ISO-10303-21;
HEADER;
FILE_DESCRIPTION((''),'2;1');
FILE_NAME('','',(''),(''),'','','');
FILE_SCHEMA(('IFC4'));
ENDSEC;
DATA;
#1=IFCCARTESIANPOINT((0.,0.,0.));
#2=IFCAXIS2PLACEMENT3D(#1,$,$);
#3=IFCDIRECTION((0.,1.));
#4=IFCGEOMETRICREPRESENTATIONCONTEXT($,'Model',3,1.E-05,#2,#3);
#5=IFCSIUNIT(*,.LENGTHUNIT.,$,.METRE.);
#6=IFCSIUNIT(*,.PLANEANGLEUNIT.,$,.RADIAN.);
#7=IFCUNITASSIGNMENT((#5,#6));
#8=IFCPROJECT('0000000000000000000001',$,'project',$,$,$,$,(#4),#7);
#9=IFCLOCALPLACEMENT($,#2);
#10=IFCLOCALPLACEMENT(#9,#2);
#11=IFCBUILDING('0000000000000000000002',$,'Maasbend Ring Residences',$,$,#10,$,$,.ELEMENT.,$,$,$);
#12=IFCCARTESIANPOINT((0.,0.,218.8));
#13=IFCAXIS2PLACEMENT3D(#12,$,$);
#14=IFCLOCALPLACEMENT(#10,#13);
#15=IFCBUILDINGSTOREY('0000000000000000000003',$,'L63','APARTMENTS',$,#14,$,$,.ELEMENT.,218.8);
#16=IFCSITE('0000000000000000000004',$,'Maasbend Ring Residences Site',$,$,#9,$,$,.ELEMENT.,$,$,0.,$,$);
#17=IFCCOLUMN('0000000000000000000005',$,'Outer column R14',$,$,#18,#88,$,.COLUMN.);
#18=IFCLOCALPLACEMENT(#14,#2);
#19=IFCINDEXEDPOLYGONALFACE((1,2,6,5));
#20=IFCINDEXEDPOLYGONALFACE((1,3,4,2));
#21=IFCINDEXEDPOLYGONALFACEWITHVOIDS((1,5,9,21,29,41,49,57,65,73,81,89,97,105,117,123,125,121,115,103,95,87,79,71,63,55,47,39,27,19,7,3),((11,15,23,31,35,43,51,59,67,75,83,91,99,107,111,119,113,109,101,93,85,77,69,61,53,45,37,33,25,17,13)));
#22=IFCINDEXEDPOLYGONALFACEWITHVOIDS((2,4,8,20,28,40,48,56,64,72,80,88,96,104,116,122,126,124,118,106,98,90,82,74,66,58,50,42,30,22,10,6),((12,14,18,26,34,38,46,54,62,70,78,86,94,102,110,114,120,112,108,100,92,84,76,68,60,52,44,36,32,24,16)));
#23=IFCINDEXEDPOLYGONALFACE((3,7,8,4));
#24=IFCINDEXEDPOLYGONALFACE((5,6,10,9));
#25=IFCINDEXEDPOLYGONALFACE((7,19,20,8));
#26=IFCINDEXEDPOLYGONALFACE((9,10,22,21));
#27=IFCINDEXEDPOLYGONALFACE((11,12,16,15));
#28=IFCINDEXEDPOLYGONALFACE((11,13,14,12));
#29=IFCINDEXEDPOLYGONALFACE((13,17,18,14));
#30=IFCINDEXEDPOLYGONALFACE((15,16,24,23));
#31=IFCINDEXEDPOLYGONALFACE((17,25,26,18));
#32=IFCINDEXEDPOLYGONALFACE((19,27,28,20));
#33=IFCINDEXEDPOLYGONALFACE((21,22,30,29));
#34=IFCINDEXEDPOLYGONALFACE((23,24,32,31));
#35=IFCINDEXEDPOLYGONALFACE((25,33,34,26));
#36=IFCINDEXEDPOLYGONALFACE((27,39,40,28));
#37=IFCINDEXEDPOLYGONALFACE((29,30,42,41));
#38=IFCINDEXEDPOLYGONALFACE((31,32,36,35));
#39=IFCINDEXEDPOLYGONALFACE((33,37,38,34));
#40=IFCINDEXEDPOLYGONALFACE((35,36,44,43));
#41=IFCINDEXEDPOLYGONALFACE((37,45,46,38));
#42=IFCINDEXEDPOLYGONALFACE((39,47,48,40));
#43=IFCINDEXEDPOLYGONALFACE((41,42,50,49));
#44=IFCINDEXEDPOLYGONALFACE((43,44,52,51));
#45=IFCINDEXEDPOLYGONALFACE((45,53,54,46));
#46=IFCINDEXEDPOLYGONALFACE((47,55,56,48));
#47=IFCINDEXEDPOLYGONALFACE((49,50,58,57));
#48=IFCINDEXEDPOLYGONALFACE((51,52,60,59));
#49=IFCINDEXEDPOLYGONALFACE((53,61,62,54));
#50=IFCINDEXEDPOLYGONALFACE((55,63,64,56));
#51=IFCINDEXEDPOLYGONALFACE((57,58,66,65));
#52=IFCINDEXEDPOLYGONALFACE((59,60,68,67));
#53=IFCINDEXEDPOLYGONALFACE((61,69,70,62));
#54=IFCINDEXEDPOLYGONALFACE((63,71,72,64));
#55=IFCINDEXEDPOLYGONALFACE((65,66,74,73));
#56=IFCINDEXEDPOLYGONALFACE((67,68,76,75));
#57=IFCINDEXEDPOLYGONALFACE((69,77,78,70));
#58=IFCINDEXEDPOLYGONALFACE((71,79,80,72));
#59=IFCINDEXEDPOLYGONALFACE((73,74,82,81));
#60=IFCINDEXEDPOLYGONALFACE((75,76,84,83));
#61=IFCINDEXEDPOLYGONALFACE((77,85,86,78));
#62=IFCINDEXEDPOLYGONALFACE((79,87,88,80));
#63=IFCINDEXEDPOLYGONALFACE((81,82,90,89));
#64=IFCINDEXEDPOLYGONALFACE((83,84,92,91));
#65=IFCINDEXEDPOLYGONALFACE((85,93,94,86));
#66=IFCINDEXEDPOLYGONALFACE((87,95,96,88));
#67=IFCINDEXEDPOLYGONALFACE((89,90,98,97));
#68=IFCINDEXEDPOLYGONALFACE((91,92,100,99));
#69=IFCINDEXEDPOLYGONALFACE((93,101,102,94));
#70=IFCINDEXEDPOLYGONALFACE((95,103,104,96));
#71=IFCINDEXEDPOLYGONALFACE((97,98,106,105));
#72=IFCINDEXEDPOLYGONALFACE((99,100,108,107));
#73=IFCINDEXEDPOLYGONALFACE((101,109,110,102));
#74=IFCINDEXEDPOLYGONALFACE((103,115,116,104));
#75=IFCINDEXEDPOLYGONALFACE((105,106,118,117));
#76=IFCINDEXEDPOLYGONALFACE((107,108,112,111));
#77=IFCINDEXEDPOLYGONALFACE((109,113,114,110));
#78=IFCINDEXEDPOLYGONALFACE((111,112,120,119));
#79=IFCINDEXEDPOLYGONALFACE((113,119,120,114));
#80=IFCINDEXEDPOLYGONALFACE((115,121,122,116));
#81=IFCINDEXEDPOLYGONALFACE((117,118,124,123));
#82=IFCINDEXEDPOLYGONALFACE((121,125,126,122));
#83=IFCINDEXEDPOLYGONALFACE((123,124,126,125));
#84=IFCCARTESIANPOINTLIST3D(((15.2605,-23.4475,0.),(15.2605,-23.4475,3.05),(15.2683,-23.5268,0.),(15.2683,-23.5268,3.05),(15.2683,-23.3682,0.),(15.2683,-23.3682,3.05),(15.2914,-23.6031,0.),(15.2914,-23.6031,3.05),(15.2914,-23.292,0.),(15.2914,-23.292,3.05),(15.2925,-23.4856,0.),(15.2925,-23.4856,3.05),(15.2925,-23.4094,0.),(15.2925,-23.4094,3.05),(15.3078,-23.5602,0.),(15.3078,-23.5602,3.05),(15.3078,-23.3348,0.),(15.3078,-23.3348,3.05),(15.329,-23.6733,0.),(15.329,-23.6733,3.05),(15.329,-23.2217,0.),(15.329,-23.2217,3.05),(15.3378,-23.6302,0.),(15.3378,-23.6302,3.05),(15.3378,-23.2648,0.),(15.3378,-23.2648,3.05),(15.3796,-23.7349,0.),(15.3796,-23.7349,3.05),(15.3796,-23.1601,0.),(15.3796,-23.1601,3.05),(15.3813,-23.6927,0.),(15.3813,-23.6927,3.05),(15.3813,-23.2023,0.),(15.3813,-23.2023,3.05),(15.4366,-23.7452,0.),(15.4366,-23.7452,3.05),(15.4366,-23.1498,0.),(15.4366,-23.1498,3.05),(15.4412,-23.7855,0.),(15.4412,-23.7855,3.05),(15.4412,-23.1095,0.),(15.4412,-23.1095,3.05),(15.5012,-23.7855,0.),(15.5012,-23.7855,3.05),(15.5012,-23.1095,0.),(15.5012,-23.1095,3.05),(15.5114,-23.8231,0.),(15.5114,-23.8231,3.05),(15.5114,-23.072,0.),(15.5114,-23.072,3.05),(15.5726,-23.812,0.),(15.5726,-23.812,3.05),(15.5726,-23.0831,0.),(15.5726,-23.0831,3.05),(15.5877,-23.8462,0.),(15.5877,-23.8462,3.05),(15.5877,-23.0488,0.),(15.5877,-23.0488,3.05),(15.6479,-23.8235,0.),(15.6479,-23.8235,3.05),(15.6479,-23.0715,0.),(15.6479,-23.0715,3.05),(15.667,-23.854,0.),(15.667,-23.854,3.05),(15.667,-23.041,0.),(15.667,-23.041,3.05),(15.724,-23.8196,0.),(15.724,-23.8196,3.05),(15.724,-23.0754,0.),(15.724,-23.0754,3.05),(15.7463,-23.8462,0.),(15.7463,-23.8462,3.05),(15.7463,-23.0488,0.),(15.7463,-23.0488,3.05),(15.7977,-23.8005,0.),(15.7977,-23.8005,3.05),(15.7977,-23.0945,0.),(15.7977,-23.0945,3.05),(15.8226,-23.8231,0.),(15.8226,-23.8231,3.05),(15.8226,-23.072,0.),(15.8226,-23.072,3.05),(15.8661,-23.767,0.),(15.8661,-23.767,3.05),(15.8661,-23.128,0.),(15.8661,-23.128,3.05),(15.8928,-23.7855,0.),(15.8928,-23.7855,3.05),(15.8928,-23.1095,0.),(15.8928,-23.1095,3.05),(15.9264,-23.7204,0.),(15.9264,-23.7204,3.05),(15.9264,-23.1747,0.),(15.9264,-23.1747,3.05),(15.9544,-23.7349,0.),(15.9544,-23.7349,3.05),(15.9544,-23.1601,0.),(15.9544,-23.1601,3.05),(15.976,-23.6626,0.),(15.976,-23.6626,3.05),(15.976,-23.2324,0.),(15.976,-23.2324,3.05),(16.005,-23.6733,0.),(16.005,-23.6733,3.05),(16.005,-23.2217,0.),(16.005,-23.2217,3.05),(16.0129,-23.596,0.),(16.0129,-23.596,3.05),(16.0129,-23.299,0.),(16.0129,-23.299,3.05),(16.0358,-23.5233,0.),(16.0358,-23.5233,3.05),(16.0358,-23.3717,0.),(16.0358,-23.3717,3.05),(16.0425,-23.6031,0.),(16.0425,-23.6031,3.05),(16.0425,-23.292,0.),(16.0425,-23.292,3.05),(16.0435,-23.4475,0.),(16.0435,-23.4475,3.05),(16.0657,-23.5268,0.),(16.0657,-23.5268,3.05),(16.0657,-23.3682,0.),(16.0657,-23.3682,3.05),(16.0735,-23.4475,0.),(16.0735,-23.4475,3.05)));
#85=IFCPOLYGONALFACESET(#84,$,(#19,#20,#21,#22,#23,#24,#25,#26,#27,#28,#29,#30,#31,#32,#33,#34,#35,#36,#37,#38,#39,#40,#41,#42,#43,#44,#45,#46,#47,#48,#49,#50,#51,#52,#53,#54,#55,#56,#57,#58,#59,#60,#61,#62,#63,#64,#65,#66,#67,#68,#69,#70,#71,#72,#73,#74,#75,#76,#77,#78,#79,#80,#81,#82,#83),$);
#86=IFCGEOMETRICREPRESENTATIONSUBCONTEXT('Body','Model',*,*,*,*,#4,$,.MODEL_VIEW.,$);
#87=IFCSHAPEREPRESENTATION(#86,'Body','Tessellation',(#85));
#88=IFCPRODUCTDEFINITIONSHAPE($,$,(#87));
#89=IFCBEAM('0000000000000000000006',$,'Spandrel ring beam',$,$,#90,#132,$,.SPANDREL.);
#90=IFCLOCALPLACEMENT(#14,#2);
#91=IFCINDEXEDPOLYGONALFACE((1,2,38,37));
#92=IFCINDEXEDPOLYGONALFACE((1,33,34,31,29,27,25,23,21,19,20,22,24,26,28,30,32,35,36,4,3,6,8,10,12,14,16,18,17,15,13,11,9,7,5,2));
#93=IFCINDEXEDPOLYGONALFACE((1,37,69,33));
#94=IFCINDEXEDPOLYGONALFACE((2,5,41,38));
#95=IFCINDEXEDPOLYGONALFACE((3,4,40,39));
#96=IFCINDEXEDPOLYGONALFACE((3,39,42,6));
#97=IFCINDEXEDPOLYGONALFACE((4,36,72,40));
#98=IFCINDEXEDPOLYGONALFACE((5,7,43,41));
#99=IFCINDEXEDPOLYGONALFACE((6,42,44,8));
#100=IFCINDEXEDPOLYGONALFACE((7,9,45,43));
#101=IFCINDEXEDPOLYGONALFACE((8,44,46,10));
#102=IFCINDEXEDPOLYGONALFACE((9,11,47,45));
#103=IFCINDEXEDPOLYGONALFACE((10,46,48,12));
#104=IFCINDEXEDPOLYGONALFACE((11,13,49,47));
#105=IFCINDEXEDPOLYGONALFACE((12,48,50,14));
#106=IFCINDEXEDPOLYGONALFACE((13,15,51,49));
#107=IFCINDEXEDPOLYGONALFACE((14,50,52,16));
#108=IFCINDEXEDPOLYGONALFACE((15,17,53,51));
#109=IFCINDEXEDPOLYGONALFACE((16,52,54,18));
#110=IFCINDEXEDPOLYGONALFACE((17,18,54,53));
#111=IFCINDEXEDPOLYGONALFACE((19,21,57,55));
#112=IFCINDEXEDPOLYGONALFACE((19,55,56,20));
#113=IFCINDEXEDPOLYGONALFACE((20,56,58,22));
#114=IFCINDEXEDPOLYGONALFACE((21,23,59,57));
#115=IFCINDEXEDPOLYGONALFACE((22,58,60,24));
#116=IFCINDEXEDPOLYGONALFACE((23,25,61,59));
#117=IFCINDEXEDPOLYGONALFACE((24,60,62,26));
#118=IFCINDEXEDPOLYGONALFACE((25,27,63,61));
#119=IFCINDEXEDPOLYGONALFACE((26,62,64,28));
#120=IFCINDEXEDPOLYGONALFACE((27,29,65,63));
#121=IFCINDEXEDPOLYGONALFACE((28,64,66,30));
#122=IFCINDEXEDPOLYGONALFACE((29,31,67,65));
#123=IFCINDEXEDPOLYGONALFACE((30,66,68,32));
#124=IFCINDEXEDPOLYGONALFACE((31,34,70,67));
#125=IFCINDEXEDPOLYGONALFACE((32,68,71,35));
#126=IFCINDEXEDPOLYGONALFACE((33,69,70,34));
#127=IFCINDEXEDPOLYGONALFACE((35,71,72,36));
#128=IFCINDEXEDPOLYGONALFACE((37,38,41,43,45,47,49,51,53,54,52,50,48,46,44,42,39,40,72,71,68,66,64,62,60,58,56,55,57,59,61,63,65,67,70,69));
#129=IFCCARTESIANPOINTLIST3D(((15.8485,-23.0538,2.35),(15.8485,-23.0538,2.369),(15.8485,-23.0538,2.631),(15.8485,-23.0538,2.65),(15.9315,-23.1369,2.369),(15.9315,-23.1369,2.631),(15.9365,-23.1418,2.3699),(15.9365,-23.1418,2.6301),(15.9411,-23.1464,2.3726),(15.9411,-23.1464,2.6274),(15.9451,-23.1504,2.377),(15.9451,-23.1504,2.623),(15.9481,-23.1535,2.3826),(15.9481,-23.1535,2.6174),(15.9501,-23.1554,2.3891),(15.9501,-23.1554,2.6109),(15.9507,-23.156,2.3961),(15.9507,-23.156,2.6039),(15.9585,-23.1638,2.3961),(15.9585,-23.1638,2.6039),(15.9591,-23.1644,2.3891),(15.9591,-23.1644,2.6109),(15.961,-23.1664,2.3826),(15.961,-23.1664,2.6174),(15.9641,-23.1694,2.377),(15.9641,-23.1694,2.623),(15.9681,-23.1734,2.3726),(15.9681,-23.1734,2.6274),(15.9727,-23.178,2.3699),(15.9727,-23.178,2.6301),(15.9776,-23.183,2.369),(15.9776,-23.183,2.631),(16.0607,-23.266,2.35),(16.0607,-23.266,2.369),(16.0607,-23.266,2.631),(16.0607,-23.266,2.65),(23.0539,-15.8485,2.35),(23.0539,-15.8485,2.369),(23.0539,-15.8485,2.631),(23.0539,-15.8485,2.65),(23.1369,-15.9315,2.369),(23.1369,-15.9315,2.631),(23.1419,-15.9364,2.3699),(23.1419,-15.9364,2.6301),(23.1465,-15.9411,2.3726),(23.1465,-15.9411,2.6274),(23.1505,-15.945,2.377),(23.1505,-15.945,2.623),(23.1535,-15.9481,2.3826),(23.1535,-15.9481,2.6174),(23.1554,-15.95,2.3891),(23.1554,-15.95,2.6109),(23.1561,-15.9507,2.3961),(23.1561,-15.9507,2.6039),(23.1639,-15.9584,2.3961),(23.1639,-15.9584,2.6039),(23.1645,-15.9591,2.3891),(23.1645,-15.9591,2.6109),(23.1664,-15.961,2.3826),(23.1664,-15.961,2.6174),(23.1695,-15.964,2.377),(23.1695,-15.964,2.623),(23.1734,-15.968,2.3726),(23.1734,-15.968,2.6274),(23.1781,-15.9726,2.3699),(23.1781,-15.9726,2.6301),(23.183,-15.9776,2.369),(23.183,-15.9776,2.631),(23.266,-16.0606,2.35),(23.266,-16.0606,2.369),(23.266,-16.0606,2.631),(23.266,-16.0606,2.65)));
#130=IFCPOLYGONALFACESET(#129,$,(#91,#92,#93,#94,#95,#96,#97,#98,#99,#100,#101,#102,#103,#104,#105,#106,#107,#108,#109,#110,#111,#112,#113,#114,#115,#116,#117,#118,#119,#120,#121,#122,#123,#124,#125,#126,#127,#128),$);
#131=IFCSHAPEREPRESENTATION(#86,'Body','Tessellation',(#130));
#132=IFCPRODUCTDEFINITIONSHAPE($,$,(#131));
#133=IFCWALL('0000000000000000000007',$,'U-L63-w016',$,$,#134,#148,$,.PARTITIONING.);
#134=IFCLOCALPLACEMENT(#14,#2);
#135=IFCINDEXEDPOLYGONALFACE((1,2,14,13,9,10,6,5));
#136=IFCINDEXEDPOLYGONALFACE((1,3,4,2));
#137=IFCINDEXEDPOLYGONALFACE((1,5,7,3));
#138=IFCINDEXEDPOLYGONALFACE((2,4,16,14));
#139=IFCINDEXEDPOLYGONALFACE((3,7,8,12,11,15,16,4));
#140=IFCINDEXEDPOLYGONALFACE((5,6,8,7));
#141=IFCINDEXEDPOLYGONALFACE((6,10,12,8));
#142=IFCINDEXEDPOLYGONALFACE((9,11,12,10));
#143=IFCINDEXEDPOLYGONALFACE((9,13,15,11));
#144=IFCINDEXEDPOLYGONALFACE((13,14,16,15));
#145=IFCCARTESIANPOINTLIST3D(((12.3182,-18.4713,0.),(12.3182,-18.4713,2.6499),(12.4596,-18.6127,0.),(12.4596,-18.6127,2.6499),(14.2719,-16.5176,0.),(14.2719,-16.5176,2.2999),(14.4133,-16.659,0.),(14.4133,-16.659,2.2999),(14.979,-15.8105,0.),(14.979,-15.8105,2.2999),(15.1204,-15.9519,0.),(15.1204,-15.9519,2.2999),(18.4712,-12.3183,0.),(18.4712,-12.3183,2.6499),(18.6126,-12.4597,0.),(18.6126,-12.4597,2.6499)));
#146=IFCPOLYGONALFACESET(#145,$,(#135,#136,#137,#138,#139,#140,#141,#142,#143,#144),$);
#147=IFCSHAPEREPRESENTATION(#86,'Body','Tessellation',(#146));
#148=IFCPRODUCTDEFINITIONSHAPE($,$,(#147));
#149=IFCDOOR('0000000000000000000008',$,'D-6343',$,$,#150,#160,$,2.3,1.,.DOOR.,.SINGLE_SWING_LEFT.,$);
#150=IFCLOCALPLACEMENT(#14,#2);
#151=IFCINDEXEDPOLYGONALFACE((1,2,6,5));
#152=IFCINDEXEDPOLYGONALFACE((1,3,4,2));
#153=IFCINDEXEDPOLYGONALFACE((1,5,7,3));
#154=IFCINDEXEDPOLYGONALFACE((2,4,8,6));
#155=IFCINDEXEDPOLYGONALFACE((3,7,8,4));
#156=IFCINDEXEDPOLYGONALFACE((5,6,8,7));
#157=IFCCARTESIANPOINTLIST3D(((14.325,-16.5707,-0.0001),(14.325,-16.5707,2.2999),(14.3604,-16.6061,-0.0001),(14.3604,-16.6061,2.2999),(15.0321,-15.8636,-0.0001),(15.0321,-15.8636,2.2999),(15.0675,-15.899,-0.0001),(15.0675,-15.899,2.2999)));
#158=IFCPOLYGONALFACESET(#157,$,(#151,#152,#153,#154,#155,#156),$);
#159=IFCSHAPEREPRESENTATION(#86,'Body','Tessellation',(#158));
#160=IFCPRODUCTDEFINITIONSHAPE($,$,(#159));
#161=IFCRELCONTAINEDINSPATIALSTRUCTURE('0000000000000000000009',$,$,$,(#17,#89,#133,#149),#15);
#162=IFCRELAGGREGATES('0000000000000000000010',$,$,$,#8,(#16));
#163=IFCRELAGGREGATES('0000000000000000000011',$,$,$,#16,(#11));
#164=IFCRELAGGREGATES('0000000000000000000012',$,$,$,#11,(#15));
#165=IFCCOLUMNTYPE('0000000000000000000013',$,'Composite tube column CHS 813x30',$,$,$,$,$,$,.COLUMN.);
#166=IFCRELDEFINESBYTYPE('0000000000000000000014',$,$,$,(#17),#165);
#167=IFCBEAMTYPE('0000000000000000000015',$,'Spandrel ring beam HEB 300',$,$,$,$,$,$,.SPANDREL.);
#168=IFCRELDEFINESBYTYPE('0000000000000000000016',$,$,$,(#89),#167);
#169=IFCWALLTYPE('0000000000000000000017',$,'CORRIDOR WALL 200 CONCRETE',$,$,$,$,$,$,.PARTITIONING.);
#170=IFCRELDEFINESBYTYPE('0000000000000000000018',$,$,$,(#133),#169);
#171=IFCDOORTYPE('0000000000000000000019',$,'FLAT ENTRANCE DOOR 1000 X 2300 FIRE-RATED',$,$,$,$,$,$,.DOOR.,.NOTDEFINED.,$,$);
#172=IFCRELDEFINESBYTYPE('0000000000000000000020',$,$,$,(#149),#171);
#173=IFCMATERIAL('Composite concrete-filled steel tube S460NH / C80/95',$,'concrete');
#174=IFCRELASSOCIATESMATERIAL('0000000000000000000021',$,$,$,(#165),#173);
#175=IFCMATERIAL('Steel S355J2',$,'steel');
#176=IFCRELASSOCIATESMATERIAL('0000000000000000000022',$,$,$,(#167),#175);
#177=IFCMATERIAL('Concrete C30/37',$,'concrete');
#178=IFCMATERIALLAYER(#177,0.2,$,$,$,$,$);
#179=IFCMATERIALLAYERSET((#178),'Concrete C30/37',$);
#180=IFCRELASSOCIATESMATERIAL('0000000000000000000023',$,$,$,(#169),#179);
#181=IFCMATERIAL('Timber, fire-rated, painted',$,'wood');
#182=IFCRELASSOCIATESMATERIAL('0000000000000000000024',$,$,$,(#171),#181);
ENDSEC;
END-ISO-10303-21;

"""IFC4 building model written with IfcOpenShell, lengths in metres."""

from ifc_helpers import new_model, si_unit, direction, frame, frame_2d, origin, origin_2d, place, context, subcontext, project, spatial, rectangle, hollow_circle, i_section, extrude, material, layer, layer_set, material_profile, profile_set, type_object, element, fill, save


model = new_model("IFC4")

# Units and contexts
model_context = context("Model", 3, precision=1e-05, world=origin(), true_north=direction((0.0, 1.0)))
body_context = subcontext(model_context, "Body", "Model", "MODEL_VIEW")
ifc_project = project(units=[si_unit("LENGTHUNIT", "METRE"), si_unit("PLANEANGLEUNIT", "RADIAN")], contexts=[model_context])

# Site, building, storey
site_placement = place(None, origin())
site = spatial("IfcSite", under=ifc_project, at=site_placement, Name="Maasbend Ring Residences Site", CompositionType="ELEMENT", RefElevation=0.0)
building_placement = place(site_placement, origin())
building = spatial("IfcBuilding", under=site, at=building_placement, Name="Maasbend Ring Residences", CompositionType="ELEMENT")
storey_placement = place(building_placement, frame((0.0, 0.0, 218.8)))
storey = spatial("IfcBuildingStorey", under=building, at=storey_placement, Name="L63", Description="APARTMENTS", CompositionType="ELEMENT", Elevation=218.8)

# Column
ifc_material_1 = material(Name="Composite concrete-filled steel tube S460NH / C80/95", Category="concrete")
ifc_material_profile_1 = material_profile(ifc_material_1, hollow_circle(Radius=0.4065, WallThickness=0.03, at=origin_2d()), Name="Composite tube column CHS 813x30")
ifc_profile_set_1 = profile_set([ifc_material_profile_1], Name="Composite concrete-filled steel tube S460NH / C80/95")
column_type = type_object("IfcColumnType", Name="Composite tube column CHS 813x30", PredefinedType="COLUMN", material=ifc_profile_set_1)
column_placement = place(storey_placement, frame((15.667, -23.4475, 0.0), z_axis=(0.0, 0.0, 1.0), x_axis=(1.0, 0.0, 0.0)))
element("IfcColumn", 1, at=column_placement, inside=storey, type_object=column_type, Name="Outer column R14", PredefinedType="COLUMN", context=body_context, shape_type="SweptSolid", body=[
    extrude(hollow_circle(Radius=0.4065, WallThickness=0.03, at=origin_2d()), origin(), (0.0, 0.0, 1.0), 3.05),
])

# Beam
ifc_material_2 = material(Name="Steel S355J2", Category="steel")
ifc_material_profile_2 = material_profile(ifc_material_2, i_section(OverallWidth=0.3, OverallDepth=0.3, WebThickness=0.011, FlangeThickness=0.019, FilletRadius=0.0271, at=origin_2d()), Name="HEB 300")
ifc_profile_set_2 = profile_set([ifc_material_profile_2], Name="Steel S355J2")
beam_type = type_object("IfcBeamType", Name="Spandrel ring beam HEB 300", PredefinedType="SPANDREL", material=ifc_profile_set_2)
beam_placement = place(storey_placement, frame((15.9546, -23.1599, 2.5), z_axis=(0.707107, 0.707107, 0.0), x_axis=(-0.707107, 0.707107, 0.0)))
element("IfcBeam", 2, at=beam_placement, inside=storey, type_object=beam_type, Name="Spandrel ring beam", PredefinedType="SPANDREL", context=body_context, shape_type="SweptSolid", body=[
    extrude(i_section(OverallWidth=0.3, OverallDepth=0.3, WebThickness=0.011, FlangeThickness=0.019, FilletRadius=0.0271, at=origin_2d()), origin(), (0.0, 0.0, 1.0), 10.1899),
])

# Wall, opening, door
ifc_material_3 = material(Name="Concrete C30/37", Category="concrete")
ifc_layer_1 = layer(ifc_material_3, 0.2)
ifc_layer_set_1 = layer_set([ifc_layer_1], Name="Concrete C30/37")
wall_type_1 = type_object("IfcWallType", Name="CORRIDOR WALL 200 CONCRETE", PredefinedType="PARTITIONING", material=ifc_layer_set_1)
wall_1_placement = place(storey_placement, frame((12.3889, -18.542, 0.0), z_axis=(0.0, 0.0, 1.0), x_axis=(0.707107, 0.707107, 0.0)))
wall_1 = element("IfcWall", 3, at=wall_1_placement, inside=storey, type_object=wall_type_1, Name="U-L63-w016", PredefinedType="PARTITIONING", context=body_context, shape_type="SweptSolid", body=[
    extrude(rectangle(XDim=8.7017, YDim=0.2, at=frame_2d((4.3508, 0.0))), origin(), (0.0, 0.0, 1.0), 2.6499),
])
opening_1_placement = place(wall_1_placement, frame((2.7629, 0.0, 0.0)))
opening_1 = element("IfcOpeningElement", 4, at=opening_1_placement, cuts=wall_1, PredefinedType="OPENING", context=body_context, shape_type="SweptSolid", body=[
    extrude(rectangle(XDim=1.0, YDim=2.3, at=frame_2d((0.5, 1.1499))), frame((0.0, 0.1099, 0.0), z_axis=(0.0, -1.0, 0.0), x_axis=(1.0, 0.0, 0.0)), (0.0, 0.0, 1.0), 0.22),
])
ifc_material_4 = material(Name="Timber, fire-rated, painted", Category="wood")
door_type_1 = type_object("IfcDoorType", Name="FLAT ENTRANCE DOOR 1000 X 2300 FIRE-RATED", OperationType="NOTDEFINED", PredefinedType="DOOR", material=ifc_material_4)
door_1_placement = place(opening_1_placement, origin())
door_1 = element("IfcDoor", 5, at=door_1_placement, inside=storey, type_object=door_type_1, Name="D-6343", OperationType="SINGLE_SWING_LEFT", OverallHeight=2.3, OverallWidth=1.0, PredefinedType="DOOR", context=body_context, shape_type="SweptSolid", body=[
    extrude(rectangle(XDim=1.0, YDim=2.3, at=frame_2d((0.5, 1.1499))), frame((0.0, 0.0249, 0.0), z_axis=(0.0, -1.0, 0.0), x_axis=(1.0, 0.0, 0.0)), (0.0, 0.0, 1.0), 0.05),
])
fill(opening_1, door_1)

save(model, "model.ifc")
